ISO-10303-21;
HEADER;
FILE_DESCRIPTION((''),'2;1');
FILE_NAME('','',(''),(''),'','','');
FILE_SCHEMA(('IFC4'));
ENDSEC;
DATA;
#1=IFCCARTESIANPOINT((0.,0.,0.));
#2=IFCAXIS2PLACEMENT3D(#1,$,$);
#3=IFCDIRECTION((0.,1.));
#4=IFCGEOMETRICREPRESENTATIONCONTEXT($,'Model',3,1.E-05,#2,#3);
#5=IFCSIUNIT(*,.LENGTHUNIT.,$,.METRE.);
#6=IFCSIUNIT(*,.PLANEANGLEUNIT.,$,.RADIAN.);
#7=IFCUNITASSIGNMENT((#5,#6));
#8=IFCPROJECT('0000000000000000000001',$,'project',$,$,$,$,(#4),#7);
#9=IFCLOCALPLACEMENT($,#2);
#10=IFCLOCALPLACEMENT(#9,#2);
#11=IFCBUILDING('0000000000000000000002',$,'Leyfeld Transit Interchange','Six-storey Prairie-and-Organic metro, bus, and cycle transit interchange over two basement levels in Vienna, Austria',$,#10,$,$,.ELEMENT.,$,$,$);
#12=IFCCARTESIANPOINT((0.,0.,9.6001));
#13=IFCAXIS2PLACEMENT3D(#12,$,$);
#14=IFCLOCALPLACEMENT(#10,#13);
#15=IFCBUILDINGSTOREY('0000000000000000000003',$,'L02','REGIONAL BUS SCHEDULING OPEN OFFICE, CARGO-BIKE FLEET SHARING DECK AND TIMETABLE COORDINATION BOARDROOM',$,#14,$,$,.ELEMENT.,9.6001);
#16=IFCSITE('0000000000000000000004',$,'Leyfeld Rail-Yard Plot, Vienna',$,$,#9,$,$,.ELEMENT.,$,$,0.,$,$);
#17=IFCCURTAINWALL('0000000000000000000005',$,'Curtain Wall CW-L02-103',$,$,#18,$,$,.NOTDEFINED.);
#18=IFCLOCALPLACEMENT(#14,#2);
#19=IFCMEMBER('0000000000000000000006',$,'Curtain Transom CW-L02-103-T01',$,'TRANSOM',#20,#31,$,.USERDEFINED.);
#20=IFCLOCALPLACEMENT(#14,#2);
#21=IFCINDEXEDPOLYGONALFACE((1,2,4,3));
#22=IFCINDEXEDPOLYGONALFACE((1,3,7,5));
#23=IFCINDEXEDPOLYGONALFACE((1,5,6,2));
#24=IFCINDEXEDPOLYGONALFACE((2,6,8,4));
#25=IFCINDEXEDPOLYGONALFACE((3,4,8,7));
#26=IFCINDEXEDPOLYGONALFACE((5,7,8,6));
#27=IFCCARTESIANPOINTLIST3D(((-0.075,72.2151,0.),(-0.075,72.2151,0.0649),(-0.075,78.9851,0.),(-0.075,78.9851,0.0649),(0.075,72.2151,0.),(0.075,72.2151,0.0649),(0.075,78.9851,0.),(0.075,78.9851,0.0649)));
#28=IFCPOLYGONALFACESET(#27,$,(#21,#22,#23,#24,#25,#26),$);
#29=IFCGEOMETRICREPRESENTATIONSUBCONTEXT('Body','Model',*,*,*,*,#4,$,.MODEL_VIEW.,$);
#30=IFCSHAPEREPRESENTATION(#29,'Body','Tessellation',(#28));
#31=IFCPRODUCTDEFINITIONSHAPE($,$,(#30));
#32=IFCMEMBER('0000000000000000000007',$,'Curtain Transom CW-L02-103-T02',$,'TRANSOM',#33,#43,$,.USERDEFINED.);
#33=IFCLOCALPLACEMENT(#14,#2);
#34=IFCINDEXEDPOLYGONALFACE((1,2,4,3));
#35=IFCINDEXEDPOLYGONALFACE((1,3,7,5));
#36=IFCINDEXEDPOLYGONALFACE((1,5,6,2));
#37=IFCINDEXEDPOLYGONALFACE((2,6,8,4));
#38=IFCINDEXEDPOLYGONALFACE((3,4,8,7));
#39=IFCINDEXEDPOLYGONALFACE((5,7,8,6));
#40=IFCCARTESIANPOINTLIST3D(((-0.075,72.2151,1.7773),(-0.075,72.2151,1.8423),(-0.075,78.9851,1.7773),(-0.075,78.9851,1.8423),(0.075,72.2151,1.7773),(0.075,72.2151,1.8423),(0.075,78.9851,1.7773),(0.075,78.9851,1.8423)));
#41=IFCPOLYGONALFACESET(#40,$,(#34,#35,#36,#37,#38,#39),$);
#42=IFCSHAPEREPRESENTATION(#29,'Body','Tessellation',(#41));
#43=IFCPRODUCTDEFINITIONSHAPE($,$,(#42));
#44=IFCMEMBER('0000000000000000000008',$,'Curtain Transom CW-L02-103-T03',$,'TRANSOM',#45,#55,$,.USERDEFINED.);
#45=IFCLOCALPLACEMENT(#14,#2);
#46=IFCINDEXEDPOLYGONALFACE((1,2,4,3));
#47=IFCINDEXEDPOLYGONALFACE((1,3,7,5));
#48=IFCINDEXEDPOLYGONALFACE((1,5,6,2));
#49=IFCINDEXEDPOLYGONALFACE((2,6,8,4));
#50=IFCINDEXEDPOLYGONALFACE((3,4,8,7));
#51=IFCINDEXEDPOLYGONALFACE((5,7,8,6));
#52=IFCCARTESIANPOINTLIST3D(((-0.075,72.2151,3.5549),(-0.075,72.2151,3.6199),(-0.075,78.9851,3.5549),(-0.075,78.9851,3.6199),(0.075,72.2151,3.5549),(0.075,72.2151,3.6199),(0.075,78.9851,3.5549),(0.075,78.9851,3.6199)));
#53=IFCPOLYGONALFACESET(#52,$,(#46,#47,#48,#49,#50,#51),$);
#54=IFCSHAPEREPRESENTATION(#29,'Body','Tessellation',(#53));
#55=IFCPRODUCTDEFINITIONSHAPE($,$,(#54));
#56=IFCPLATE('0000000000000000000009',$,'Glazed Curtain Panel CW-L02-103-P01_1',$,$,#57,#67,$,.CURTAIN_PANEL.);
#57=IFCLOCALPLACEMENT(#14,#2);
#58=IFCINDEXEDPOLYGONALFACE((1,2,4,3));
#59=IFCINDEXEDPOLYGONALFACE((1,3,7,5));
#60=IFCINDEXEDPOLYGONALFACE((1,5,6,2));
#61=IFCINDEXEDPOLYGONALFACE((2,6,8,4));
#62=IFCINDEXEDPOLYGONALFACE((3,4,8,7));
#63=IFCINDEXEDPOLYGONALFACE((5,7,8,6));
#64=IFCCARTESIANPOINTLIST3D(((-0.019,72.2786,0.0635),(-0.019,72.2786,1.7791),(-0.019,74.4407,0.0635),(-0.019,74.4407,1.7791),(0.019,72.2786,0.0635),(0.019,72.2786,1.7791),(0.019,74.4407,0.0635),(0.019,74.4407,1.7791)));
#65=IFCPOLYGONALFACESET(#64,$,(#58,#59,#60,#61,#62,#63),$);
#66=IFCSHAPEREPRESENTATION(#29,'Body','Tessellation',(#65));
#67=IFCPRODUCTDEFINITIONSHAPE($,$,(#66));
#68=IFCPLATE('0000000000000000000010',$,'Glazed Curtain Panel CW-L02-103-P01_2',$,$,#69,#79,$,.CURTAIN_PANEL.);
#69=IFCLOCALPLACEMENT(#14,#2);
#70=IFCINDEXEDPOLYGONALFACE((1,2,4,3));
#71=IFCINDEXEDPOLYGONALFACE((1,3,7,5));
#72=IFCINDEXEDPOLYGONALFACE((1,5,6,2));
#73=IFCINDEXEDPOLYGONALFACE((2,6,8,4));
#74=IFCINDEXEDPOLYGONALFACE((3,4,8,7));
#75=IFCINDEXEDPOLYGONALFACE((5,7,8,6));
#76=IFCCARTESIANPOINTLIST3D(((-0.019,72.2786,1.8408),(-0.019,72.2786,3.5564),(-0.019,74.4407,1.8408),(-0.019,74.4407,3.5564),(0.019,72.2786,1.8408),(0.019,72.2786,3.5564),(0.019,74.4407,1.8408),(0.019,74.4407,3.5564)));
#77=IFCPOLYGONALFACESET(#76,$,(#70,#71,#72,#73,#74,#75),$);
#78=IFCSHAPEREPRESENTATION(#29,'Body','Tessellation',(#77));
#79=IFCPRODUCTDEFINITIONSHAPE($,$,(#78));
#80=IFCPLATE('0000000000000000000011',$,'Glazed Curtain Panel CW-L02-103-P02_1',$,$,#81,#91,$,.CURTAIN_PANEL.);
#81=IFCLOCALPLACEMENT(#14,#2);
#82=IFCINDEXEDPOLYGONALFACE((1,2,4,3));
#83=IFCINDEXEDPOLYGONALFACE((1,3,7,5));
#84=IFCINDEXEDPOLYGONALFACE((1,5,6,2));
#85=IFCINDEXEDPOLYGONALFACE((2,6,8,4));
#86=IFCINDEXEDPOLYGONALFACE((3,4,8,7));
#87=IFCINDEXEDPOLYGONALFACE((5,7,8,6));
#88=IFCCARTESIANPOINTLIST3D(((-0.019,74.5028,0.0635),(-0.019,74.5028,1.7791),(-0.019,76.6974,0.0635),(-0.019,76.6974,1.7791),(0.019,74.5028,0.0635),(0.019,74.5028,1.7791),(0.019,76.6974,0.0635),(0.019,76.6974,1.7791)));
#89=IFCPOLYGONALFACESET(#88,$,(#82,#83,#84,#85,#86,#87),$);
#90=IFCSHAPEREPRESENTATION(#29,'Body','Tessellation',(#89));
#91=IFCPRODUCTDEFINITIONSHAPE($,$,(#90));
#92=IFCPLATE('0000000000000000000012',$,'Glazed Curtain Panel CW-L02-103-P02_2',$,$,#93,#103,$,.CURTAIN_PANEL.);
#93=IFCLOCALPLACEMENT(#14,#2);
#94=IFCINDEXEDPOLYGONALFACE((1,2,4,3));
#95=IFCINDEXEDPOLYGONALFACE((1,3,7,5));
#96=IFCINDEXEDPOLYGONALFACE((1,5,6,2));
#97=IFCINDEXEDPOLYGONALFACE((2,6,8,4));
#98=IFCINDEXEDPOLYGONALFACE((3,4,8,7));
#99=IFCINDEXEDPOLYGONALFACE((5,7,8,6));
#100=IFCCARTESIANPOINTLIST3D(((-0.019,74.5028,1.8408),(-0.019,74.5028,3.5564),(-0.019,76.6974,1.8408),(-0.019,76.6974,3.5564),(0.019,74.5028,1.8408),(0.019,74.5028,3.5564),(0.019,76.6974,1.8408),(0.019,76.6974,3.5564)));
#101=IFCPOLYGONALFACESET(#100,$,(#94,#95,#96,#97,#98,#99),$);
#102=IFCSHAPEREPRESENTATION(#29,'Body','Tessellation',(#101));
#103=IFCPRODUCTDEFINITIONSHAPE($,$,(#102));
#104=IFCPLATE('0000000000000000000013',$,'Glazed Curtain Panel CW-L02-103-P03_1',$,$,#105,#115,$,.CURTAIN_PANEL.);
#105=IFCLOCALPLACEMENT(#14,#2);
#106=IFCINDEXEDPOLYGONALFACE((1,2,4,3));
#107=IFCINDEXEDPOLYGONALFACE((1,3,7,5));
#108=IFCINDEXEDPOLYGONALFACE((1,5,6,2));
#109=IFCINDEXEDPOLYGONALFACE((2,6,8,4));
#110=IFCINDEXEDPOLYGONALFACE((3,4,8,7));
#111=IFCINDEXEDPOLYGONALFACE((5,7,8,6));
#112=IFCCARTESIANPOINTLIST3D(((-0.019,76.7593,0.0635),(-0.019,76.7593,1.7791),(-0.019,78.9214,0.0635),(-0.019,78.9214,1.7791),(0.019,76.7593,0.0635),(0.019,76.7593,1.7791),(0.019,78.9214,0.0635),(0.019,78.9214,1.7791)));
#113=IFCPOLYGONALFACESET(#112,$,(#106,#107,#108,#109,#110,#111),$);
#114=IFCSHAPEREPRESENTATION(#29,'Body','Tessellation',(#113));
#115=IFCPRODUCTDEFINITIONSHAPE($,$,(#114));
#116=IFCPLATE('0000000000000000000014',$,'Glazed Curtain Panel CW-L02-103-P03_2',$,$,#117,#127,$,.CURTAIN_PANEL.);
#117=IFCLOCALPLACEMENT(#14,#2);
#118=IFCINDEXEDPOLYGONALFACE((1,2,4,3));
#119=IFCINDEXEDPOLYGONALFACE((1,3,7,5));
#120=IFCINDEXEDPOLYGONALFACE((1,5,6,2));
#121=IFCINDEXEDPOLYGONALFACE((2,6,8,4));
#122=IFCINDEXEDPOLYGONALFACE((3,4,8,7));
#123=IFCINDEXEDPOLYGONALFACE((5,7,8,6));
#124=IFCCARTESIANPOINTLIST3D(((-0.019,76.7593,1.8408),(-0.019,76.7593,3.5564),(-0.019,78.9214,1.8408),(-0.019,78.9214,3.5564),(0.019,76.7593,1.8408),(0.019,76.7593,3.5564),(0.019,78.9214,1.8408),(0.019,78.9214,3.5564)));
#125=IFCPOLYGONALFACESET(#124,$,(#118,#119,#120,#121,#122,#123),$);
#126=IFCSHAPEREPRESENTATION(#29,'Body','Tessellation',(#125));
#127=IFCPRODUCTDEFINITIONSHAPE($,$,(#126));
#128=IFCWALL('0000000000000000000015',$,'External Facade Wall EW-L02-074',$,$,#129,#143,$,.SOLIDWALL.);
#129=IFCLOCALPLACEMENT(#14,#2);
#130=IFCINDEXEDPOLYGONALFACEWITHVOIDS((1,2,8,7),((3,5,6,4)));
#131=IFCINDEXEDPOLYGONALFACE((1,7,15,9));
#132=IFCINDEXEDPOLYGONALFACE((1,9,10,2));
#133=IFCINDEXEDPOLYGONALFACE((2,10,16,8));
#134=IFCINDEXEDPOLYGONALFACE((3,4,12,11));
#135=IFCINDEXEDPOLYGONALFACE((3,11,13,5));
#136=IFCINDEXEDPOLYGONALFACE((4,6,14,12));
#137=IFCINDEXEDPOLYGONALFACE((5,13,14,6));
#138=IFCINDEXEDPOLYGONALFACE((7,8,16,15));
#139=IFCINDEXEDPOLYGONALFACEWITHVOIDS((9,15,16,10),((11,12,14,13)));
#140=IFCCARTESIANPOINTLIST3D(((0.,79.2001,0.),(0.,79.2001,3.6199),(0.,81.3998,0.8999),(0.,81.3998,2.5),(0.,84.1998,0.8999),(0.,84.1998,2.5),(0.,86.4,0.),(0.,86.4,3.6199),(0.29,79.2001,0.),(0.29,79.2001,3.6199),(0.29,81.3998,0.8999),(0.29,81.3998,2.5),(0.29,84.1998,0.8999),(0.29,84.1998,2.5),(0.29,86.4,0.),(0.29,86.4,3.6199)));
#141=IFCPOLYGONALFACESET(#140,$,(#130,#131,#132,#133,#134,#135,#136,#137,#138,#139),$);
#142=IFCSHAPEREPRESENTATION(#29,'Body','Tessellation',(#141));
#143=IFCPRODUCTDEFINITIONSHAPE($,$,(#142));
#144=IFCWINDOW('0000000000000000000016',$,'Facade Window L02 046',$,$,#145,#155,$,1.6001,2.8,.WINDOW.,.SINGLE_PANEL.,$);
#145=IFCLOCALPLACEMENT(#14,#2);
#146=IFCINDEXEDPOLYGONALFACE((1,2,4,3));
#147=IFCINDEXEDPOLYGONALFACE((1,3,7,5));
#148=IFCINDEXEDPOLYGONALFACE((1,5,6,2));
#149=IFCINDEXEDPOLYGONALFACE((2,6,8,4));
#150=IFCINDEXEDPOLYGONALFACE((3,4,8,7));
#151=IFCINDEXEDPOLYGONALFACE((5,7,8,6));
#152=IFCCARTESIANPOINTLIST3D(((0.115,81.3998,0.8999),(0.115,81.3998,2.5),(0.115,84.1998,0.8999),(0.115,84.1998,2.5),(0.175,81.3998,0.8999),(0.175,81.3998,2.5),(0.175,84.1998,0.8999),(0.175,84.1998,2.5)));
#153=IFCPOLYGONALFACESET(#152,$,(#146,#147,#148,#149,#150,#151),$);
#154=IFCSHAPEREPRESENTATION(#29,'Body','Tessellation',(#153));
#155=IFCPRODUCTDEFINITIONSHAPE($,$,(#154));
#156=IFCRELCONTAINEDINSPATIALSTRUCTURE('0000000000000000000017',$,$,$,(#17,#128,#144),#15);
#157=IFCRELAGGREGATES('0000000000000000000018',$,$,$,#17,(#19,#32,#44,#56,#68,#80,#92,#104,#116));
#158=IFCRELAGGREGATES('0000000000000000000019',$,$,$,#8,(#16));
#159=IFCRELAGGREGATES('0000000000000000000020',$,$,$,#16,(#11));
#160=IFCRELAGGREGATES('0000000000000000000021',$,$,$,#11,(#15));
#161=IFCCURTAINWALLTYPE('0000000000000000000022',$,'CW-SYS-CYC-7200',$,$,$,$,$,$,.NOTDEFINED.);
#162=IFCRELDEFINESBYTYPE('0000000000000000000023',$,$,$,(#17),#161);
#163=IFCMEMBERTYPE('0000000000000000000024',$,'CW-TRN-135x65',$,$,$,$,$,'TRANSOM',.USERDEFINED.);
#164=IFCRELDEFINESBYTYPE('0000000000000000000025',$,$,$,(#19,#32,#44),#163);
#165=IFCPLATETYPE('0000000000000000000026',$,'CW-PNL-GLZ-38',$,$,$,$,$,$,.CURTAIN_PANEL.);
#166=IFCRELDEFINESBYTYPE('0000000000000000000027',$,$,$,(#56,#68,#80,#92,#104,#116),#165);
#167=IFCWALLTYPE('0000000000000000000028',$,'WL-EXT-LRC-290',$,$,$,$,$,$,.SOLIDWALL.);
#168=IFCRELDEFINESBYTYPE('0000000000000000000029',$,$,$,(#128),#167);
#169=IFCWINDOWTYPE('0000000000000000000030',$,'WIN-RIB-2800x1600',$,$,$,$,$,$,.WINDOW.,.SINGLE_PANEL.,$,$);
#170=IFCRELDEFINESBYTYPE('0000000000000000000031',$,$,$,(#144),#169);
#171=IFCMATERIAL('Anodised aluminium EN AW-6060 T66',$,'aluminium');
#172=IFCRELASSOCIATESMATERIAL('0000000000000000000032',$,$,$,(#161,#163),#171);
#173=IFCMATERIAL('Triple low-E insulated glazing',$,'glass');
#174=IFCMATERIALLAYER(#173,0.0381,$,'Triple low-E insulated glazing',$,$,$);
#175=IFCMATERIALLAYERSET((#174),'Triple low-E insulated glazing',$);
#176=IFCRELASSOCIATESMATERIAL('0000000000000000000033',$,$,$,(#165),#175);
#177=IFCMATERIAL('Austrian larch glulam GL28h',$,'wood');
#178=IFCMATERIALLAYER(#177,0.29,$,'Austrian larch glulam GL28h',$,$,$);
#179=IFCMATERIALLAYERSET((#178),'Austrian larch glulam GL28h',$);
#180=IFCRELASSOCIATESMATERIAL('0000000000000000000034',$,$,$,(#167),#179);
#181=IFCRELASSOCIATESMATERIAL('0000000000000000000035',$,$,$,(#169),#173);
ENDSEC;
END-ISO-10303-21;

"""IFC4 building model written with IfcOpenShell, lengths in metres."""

from ifc_helpers import new_model, si_unit, direction, frame, frame_2d, origin, origin_2d, place, context, subcontext, project, spatial, rectangle, extrude, material, layer, layer_set, material_profile, profile_set, type_object, element, fill, aggregate, save


model = new_model("IFC4")

# Units and contexts
model_context = context("Model", 3, precision=1e-05, world=origin(), true_north=direction((0.0, 1.0)))
body_context = subcontext(model_context, "Body", "Model", "MODEL_VIEW")
ifc_project = project(units=[si_unit("LENGTHUNIT", "METRE"), si_unit("PLANEANGLEUNIT", "RADIAN")], contexts=[model_context])

# Site, building, storey
site_placement = place(None, origin())
site = spatial("IfcSite", under=ifc_project, at=site_placement, Name="Leyfeld Rail-Yard Plot, Vienna", CompositionType="ELEMENT", RefElevation=0.0)
building_placement = place(site_placement, origin())
building = spatial("IfcBuilding", under=site, at=building_placement, Name="Leyfeld Transit Interchange", Description="Six-storey Prairie-and-Organic metro, bus, and cycle transit interchange over two basement levels in Vienna, Austria", CompositionType="ELEMENT")
storey_placement = place(building_placement, frame((0.0, 0.0, 9.6001)))
storey = spatial("IfcBuildingStorey", under=building, at=storey_placement, Name="L02", Description="REGIONAL BUS SCHEDULING OPEN OFFICE, CARGO-BIKE FLEET SHARING DECK AND TIMETABLE COORDINATION BOARDROOM", CompositionType="ELEMENT", Elevation=9.6001)

# Curtain wall, members, plates
ifc_material_1 = material(Name="Anodised aluminium EN AW-6060 T66", Category="aluminium")
curtain_wall_type = type_object("IfcCurtainWallType", Name="CW-SYS-CYC-7200", PredefinedType="NOTDEFINED", material=ifc_material_1)
curtain_wall_placement = place(storey_placement, origin())
curtain_wall = element("IfcCurtainWall", 1, at=curtain_wall_placement, inside=storey, type_object=curtain_wall_type, Name="Curtain Wall CW-L02-103", PredefinedType="NOTDEFINED")
ifc_material_profile_1 = material_profile(ifc_material_1, rectangle(XDim=0.1499, YDim=0.0649, at=origin_2d()), Name="CW-TRN-135x65")
ifc_profile_set_1 = profile_set([ifc_material_profile_1], Name="Anodised aluminium EN AW-6060 T66")
member_type_1 = type_object("IfcMemberType", Name="CW-TRN-135x65", ElementType="TRANSOM", PredefinedType="USERDEFINED", material=ifc_profile_set_1)
member_1_placement = place(storey_placement, frame((0.0, 72.2151, 0.0325), z_axis=(0.0, 1.0, 0.0), x_axis=(-1.0, 0.0, 0.0)))
member_1 = element("IfcMember", 2, at=member_1_placement, type_object=member_type_1, Name="Curtain Transom CW-L02-103-T01", ObjectType="TRANSOM", PredefinedType="USERDEFINED", context=body_context, shape_type="SweptSolid", body=[
    extrude(rectangle(XDim=0.1499, YDim=0.0649, at=origin_2d()), origin(), (0.0, 0.0, 1.0), 6.77),
])
member_2_placement = place(storey_placement, frame((0.0, 72.2151, 1.8098), z_axis=(0.0, 1.0, 0.0), x_axis=(-1.0, 0.0, 0.0)))
member_2 = element("IfcMember", 3, at=member_2_placement, type_object=member_type_1, Name="Curtain Transom CW-L02-103-T02", ObjectType="TRANSOM", PredefinedType="USERDEFINED", context=body_context, shape_type="SweptSolid", body=[
    extrude(rectangle(XDim=0.1499, YDim=0.0649, at=origin_2d()), origin(), (0.0, 0.0, 1.0), 6.77),
])
member_3_placement = place(storey_placement, frame((0.0, 72.2151, 3.5874), z_axis=(0.0, 1.0, 0.0), x_axis=(-1.0, 0.0, 0.0)))
member_3 = element("IfcMember", 4, at=member_3_placement, type_object=member_type_1, Name="Curtain Transom CW-L02-103-T03", ObjectType="TRANSOM", PredefinedType="USERDEFINED", context=body_context, shape_type="SweptSolid", body=[
    extrude(rectangle(XDim=0.1499, YDim=0.0649, at=origin_2d()), origin(), (0.0, 0.0, 1.0), 6.77),
])
ifc_material_2 = material(Name="Triple low-E insulated glazing", Category="glass")
ifc_layer_1 = layer(ifc_material_2, 0.0381, Name="Triple low-E insulated glazing")
ifc_layer_set_1 = layer_set([ifc_layer_1], Name="Triple low-E insulated glazing")
plate_type = type_object("IfcPlateType", Name="CW-PNL-GLZ-38", PredefinedType="CURTAIN_PANEL", material=ifc_layer_set_1)
plate_1_placement = place(storey_placement, frame((0.0, 73.3596, 0.0635), z_axis=(0.0, 0.0, 1.0), x_axis=(0.0, 1.0, 0.0)))
plate_1 = element("IfcPlate", 5, at=plate_1_placement, type_object=plate_type, Name="Glazed Curtain Panel CW-L02-103-P01_1", PredefinedType="CURTAIN_PANEL", context=body_context, shape_type="SweptSolid", body=[
    extrude(rectangle(XDim=2.1621, YDim=0.0381, at=origin_2d()), origin(), (0.0, 0.0, 1.0), 1.7156),
])
plate_2_placement = place(storey_placement, frame((0.0, 73.3596, 1.8408), z_axis=(0.0, 0.0, 1.0), x_axis=(0.0, 1.0, 0.0)))
plate_2 = element("IfcPlate", 6, at=plate_2_placement, type_object=plate_type, Name="Glazed Curtain Panel CW-L02-103-P01_2", PredefinedType="CURTAIN_PANEL", context=body_context, shape_type="SweptSolid", body=[
    extrude(rectangle(XDim=2.1621, YDim=0.0381, at=origin_2d()), origin(), (0.0, 0.0, 1.0), 1.7156),
])
plate_3_placement = place(storey_placement, frame((0.0, 75.6001, 0.0635), z_axis=(0.0, 0.0, 1.0), x_axis=(0.0, 1.0, 0.0)))
plate_3 = element("IfcPlate", 7, at=plate_3_placement, type_object=plate_type, Name="Glazed Curtain Panel CW-L02-103-P02_1", PredefinedType="CURTAIN_PANEL", context=body_context, shape_type="SweptSolid", body=[
    extrude(rectangle(XDim=2.1946, YDim=0.0381, at=origin_2d()), origin(), (0.0, 0.0, 1.0), 1.7156),
])
plate_4_placement = place(storey_placement, frame((0.0, 75.6001, 1.8408), z_axis=(0.0, 0.0, 1.0), x_axis=(0.0, 1.0, 0.0)))
plate_4 = element("IfcPlate", 8, at=plate_4_placement, type_object=plate_type, Name="Glazed Curtain Panel CW-L02-103-P02_2", PredefinedType="CURTAIN_PANEL", context=body_context, shape_type="SweptSolid", body=[
    extrude(rectangle(XDim=2.1946, YDim=0.0381, at=origin_2d()), origin(), (0.0, 0.0, 1.0), 1.7156),
])
plate_5_placement = place(storey_placement, frame((0.0, 77.8403, 0.0635), z_axis=(0.0, 0.0, 1.0), x_axis=(0.0, 1.0, 0.0)))
plate_5 = element("IfcPlate", 9, at=plate_5_placement, type_object=plate_type, Name="Glazed Curtain Panel CW-L02-103-P03_1", PredefinedType="CURTAIN_PANEL", context=body_context, shape_type="SweptSolid", body=[
    extrude(rectangle(XDim=2.1621, YDim=0.0381, at=origin_2d()), origin(), (0.0, 0.0, 1.0), 1.7156),
])
plate_6_placement = place(storey_placement, frame((0.0, 77.8403, 1.8408), z_axis=(0.0, 0.0, 1.0), x_axis=(0.0, 1.0, 0.0)))
plate_6 = element("IfcPlate", 10, at=plate_6_placement, type_object=plate_type, Name="Glazed Curtain Panel CW-L02-103-P03_2", PredefinedType="CURTAIN_PANEL", context=body_context, shape_type="SweptSolid", body=[
    extrude(rectangle(XDim=2.1621, YDim=0.0381, at=origin_2d()), origin(), (0.0, 0.0, 1.0), 1.7156),
])
aggregate(curtain_wall, [member_1, member_2, member_3, plate_1, plate_2, plate_3, plate_4, plate_5, plate_6])

# Wall, opening, window
ifc_material_3 = material(Name="Austrian larch glulam GL28h", Category="wood")
ifc_layer_2 = layer(ifc_material_3, 0.29, Name="Austrian larch glulam GL28h")
ifc_layer_set_2 = layer_set([ifc_layer_2], Name="Austrian larch glulam GL28h")
wall_type = type_object("IfcWallType", Name="WL-EXT-LRC-290", PredefinedType="SOLIDWALL", material=ifc_layer_set_2)
wall_placement = place(storey_placement, frame((0.145, 79.2, 0.0), z_axis=(0.0, 0.0, 1.0), x_axis=(0.0, 1.0, 0.0)))
wall = element("IfcWall", 11, at=wall_placement, inside=storey, type_object=wall_type, Name="External Facade Wall EW-L02-074", PredefinedType="SOLIDWALL", context=body_context, shape_type="SweptSolid", body=[
    extrude(rectangle(XDim=7.2, YDim=0.29, at=frame_2d((3.6001, 0.0))), origin(), (0.0, 0.0, 1.0), 3.6199),
])
opening_placement = place(wall_placement, frame((2.2, 0.0, 0.8999)))
opening = element("IfcOpeningElement", 12, at=opening_placement, cuts=wall, PredefinedType="OPENING", context=body_context, shape_type="SweptSolid", body=[
    extrude(rectangle(XDim=2.8, YDim=1.6001, at=frame_2d((1.3999, 0.8))), frame((0.0, 0.155, 0.0), z_axis=(0.0, -1.0, 0.0), x_axis=(1.0, 0.0, 0.0)), (0.0, 0.0, 1.0), 0.3101),
])
window_type = type_object("IfcWindowType", Name="WIN-RIB-2800x1600", PartitioningType="SINGLE_PANEL", PredefinedType="WINDOW", material=ifc_material_2)
window_placement = place(opening_placement, origin())
window = element("IfcWindow", 13, at=window_placement, inside=storey, type_object=window_type, Name="Facade Window L02 046", OverallHeight=1.6001, OverallWidth=2.8, PartitioningType="SINGLE_PANEL", PredefinedType="WINDOW", context=body_context, shape_type="SweptSolid", body=[
    extrude(rectangle(XDim=2.8, YDim=1.6001, at=frame_2d((1.3999, 0.8))), frame((0.0, 0.03, 0.0), z_axis=(0.0, -1.0, 0.0), x_axis=(1.0, 0.0, 0.0)), (0.0, 0.0, 1.0), 0.0601),
])
fill(opening, window)

save(model, "model.ifc")
